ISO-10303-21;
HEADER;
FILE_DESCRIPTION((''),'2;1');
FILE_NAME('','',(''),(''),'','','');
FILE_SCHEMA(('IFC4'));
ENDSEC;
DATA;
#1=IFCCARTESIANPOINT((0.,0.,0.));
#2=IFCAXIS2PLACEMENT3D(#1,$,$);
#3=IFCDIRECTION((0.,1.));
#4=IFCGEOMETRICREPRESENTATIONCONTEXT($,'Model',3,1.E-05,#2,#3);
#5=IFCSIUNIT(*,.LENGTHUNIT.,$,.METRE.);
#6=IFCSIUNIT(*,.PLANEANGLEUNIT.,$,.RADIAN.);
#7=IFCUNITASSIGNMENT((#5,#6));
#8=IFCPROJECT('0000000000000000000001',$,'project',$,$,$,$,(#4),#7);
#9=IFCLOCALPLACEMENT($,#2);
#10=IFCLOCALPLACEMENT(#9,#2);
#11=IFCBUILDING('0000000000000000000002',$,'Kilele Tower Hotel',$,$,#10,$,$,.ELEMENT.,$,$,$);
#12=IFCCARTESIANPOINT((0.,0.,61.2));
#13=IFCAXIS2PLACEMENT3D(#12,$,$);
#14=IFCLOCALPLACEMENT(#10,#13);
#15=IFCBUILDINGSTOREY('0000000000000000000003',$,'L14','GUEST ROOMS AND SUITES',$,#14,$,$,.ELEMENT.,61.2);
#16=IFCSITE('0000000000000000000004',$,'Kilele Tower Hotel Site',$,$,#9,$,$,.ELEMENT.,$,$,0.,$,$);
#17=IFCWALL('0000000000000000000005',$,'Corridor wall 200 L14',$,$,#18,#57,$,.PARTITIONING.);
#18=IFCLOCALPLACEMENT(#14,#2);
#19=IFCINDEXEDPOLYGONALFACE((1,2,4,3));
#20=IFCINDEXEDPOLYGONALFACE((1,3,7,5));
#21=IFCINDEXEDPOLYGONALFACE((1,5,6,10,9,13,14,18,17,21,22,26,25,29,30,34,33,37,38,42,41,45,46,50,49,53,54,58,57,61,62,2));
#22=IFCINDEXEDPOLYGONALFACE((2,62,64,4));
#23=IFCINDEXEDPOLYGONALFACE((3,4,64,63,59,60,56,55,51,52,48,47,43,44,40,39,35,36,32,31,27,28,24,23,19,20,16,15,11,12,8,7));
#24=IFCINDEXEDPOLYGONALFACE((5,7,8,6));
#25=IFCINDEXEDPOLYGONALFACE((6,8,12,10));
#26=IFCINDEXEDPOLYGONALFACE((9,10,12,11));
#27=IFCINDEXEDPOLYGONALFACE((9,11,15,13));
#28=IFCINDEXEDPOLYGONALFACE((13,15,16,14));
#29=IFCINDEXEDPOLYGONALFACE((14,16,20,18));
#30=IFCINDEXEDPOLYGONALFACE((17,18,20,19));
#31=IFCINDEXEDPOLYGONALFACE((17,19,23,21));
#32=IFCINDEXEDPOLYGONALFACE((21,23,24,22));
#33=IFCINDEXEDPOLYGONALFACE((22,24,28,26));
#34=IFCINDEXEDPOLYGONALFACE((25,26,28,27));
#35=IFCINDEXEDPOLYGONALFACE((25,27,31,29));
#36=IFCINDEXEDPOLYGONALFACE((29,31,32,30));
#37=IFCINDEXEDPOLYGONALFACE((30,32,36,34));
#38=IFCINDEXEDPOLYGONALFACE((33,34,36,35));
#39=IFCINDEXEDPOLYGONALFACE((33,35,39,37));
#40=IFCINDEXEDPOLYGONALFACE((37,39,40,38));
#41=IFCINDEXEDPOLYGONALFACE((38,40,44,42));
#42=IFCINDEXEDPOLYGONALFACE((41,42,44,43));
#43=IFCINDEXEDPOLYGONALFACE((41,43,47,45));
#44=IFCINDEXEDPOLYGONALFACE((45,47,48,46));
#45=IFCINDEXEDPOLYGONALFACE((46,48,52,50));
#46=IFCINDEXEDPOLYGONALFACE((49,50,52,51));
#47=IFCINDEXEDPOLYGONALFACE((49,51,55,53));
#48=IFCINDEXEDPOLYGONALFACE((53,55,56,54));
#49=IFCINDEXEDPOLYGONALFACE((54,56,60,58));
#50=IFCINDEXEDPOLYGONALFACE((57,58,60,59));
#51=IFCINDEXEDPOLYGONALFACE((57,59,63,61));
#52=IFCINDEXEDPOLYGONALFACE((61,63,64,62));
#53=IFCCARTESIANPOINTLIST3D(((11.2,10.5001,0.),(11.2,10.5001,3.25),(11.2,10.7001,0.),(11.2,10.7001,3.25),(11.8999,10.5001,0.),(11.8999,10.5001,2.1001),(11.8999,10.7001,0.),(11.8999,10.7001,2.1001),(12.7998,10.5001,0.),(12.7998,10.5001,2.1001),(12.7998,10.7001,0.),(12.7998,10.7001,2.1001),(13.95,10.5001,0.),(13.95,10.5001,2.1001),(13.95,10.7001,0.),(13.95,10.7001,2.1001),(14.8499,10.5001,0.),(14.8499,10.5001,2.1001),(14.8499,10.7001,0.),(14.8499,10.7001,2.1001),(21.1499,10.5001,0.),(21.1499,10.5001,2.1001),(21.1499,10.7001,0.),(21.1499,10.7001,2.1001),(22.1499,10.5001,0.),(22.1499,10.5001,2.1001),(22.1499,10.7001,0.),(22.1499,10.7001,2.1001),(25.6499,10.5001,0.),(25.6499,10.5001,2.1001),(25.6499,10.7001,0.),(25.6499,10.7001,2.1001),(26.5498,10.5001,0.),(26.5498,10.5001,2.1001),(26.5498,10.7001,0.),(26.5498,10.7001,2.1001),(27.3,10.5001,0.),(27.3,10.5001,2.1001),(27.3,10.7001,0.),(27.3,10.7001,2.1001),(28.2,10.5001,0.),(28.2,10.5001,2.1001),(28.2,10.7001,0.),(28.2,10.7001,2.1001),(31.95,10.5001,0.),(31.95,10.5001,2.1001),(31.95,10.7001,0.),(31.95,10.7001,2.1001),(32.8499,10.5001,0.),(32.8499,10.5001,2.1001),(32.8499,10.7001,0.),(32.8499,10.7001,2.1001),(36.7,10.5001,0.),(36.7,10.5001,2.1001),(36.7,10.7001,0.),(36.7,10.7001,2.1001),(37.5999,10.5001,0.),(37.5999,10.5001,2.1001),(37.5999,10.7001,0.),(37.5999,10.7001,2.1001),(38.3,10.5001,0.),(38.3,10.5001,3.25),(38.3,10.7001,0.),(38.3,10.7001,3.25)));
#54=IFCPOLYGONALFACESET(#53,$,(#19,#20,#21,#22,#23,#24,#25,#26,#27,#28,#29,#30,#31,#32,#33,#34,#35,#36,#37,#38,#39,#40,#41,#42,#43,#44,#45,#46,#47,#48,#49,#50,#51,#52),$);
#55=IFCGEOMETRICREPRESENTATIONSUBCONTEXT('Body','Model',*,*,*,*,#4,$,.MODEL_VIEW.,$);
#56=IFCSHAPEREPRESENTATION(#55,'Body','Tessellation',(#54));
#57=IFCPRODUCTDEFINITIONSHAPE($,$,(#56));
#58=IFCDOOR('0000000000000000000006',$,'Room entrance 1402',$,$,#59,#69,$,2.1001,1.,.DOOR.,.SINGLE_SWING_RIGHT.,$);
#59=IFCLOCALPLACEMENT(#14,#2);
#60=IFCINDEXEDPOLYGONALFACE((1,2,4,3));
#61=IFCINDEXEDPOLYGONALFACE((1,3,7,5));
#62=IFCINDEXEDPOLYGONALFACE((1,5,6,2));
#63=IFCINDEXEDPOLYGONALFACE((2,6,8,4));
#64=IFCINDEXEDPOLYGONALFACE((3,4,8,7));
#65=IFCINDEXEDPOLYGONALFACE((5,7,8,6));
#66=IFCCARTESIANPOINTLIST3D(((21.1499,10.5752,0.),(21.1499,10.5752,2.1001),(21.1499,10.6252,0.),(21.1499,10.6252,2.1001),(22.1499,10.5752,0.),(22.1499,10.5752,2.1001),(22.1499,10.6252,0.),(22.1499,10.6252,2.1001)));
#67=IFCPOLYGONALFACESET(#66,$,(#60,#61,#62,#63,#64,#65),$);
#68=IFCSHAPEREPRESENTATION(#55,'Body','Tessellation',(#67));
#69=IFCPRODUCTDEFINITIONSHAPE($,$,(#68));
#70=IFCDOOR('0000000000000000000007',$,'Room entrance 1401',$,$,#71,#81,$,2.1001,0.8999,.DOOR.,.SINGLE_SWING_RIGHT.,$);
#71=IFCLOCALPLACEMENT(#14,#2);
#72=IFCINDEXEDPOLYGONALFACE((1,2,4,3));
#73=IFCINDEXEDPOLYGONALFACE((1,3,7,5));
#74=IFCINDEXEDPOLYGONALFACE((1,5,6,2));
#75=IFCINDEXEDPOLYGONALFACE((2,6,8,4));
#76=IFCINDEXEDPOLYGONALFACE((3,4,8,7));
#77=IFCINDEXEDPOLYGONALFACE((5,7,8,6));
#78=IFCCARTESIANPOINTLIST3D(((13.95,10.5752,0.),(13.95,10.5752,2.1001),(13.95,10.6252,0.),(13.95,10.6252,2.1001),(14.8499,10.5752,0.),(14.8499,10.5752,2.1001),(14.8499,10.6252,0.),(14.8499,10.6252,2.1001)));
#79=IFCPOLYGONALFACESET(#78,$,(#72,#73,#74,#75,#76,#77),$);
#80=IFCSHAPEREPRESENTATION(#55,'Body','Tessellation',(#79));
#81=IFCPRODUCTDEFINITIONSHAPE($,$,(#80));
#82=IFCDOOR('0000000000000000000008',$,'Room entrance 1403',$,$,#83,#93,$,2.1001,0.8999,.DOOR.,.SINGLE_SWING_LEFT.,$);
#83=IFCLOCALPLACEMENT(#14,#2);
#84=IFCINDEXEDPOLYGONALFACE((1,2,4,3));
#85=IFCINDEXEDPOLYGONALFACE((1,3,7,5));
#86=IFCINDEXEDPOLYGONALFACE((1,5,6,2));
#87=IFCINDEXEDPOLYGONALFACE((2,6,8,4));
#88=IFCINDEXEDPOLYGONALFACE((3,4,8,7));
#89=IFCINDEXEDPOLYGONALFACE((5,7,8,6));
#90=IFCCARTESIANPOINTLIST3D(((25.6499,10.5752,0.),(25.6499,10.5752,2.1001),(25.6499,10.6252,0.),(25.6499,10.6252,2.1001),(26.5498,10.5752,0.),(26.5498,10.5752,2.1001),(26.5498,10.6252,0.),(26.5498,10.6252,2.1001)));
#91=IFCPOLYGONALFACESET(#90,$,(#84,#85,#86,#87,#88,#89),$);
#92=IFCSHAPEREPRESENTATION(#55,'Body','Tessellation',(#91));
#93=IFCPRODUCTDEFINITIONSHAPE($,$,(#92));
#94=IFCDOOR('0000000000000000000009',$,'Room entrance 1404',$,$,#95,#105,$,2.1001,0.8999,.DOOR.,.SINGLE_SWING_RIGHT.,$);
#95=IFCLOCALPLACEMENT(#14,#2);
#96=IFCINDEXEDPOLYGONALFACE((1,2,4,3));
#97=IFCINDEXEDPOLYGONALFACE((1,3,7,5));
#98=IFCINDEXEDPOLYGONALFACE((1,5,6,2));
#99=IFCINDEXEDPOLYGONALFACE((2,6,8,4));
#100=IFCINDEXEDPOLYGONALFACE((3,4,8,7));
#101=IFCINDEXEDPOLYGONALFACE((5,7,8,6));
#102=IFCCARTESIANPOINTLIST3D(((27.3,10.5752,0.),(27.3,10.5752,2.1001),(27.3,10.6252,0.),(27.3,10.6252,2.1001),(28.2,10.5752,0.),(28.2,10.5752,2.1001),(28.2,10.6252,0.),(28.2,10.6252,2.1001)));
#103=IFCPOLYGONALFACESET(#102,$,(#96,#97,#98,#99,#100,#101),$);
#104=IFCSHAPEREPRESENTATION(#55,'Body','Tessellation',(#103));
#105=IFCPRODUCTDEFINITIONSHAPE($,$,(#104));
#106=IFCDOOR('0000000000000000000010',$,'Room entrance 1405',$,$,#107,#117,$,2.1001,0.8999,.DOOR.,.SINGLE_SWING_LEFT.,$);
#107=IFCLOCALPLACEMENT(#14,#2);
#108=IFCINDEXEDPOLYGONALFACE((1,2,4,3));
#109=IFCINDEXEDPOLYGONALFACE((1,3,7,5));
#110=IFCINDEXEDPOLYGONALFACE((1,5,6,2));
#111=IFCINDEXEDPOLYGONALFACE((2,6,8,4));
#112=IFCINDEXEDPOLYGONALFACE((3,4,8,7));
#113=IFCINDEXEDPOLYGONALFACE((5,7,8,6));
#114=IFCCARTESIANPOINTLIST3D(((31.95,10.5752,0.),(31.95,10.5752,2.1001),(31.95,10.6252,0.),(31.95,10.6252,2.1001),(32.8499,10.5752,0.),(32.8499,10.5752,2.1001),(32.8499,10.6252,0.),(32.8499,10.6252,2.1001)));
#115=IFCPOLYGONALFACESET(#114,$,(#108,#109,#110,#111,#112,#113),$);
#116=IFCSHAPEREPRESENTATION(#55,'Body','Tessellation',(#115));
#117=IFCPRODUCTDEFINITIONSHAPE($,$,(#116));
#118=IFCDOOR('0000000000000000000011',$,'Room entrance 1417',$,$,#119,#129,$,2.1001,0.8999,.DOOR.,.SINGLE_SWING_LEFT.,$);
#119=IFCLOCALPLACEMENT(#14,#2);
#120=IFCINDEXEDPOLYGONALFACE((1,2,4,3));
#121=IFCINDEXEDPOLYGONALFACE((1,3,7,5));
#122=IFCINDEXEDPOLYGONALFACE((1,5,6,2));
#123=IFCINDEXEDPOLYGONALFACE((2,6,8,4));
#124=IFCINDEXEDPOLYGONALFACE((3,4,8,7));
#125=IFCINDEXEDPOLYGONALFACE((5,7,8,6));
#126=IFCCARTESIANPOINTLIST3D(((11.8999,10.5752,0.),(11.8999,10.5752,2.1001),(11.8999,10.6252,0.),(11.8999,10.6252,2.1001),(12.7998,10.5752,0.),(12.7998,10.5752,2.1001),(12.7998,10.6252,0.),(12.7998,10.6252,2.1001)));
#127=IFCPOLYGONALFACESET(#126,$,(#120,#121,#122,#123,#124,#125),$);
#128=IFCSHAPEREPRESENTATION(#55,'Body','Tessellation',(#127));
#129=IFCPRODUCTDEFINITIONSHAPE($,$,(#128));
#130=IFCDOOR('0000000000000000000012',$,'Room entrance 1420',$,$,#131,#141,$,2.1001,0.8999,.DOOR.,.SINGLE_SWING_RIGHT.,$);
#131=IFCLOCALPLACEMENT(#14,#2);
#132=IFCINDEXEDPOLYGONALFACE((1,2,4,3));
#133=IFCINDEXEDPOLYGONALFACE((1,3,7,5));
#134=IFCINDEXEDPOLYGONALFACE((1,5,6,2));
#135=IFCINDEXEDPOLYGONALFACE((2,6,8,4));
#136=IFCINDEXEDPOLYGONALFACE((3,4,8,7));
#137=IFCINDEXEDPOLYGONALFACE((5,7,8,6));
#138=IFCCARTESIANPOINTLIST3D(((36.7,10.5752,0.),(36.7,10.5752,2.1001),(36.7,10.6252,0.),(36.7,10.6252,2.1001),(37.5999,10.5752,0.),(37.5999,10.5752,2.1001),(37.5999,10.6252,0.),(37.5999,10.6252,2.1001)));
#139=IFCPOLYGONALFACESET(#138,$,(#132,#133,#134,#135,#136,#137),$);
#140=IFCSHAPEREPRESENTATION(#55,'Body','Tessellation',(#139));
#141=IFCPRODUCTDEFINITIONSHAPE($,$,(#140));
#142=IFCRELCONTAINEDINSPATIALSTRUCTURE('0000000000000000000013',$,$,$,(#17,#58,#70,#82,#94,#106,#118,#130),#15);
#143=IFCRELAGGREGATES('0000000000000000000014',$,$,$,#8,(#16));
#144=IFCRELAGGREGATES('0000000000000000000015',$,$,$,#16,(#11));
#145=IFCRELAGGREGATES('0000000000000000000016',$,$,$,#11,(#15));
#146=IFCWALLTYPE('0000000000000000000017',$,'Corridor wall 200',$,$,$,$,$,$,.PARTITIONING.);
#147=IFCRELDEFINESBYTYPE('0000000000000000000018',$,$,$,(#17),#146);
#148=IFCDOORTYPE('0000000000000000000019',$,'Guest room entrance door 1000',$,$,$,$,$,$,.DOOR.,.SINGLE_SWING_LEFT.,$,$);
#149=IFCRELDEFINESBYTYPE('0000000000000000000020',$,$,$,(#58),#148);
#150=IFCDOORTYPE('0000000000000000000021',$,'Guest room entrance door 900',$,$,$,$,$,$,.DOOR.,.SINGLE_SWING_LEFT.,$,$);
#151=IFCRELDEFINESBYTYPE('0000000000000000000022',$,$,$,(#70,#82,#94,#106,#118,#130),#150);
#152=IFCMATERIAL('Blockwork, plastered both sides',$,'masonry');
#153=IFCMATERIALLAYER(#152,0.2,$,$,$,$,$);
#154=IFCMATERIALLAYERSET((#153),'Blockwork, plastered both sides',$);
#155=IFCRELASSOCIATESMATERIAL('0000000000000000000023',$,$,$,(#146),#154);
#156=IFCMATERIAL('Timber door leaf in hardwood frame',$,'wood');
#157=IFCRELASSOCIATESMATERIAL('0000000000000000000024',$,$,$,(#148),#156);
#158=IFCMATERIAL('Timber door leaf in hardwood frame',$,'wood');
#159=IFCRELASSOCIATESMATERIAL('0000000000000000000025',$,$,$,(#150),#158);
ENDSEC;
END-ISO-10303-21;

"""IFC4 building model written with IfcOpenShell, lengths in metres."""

from ifc_helpers import new_model, si_unit, direction, frame, frame_2d, origin, place, context, subcontext, project, spatial, rectangle, extrude, material, layer, layer_set, type_object, element, fill, save


model = new_model("IFC4")

# Units and contexts
model_context = context("Model", 3, precision=1e-05, world=origin(), true_north=direction((0.0, 1.0)))
body_context = subcontext(model_context, "Body", "Model", "MODEL_VIEW")
ifc_project = project(units=[si_unit("LENGTHUNIT", "METRE"), si_unit("PLANEANGLEUNIT", "RADIAN")], contexts=[model_context])

# Site, building, storey
site_placement = place(None, origin())
site = spatial("IfcSite", under=ifc_project, at=site_placement, Name="Kilele Tower Hotel Site", CompositionType="ELEMENT", RefElevation=0.0)
building_placement = place(site_placement, origin())
building = spatial("IfcBuilding", under=site, at=building_placement, Name="Kilele Tower Hotel", CompositionType="ELEMENT")
storey_placement = place(building_placement, frame((0.0, 0.0, 61.2)))
storey = spatial("IfcBuildingStorey", under=building, at=storey_placement, Name="L14", Description="GUEST ROOMS AND SUITES", CompositionType="ELEMENT", Elevation=61.2)

# Wall, openings, doors
ifc_material_1 = material(Name="Blockwork, plastered both sides", Category="masonry")
ifc_layer_1 = layer(ifc_material_1, 0.2)
ifc_layer_set_1 = layer_set([ifc_layer_1], Name="Blockwork, plastered both sides")
wall_type_1 = type_object("IfcWallType", Name="Corridor wall 200", PredefinedType="PARTITIONING", material=ifc_layer_set_1)
wall_1_placement = place(storey_placement, frame((11.2, 10.6001, 0.0), z_axis=(0.0, 0.0, 1.0), x_axis=(1.0, 0.0, 0.0)))
wall_1 = element("IfcWall", 1, at=wall_1_placement, inside=storey, type_object=wall_type_1, Name="Corridor wall 200 L14", PredefinedType="PARTITIONING", context=body_context, shape_type="SweptSolid", body=[
    extrude(rectangle(XDim=27.1001, YDim=0.2, at=frame_2d((13.55, 0.0))), origin(), (0.0, 0.0, 1.0), 3.25),
])
opening_1_placement = place(wall_1_placement, frame((3.6499, 0.0, 0.0), z_axis=(0.0, 0.0, 1.0), x_axis=(-1.0, 0.0, 0.0)))
opening_1 = element("IfcOpeningElement", 2, at=opening_1_placement, cuts=wall_1, PredefinedType="OPENING", context=body_context, shape_type="SweptSolid", body=[
    extrude(rectangle(XDim=0.8999, YDim=2.1001, at=frame_2d((0.45, 1.05))), frame((0.0, 0.1099, 0.0), z_axis=(0.0, -1.0, 0.0), x_axis=(1.0, 0.0, 0.0)), (0.0, 0.0, 1.0), 0.22),
])
opening_2_placement = place(wall_1_placement, frame((10.95, 0.0, 0.0), z_axis=(0.0, 0.0, 1.0), x_axis=(-1.0, 0.0, 0.0)))
opening_2 = element("IfcOpeningElement", 3, at=opening_2_placement, cuts=wall_1, PredefinedType="OPENING", context=body_context, shape_type="SweptSolid", body=[
    extrude(rectangle(XDim=1.0, YDim=2.1001, at=frame_2d((0.5, 1.05))), frame((0.0, 0.1099, 0.0), z_axis=(0.0, -1.0, 0.0), x_axis=(1.0, 0.0, 0.0)), (0.0, 0.0, 1.0), 0.22),
])
opening_3_placement = place(wall_1_placement, frame((15.3499, 0.0, 0.0), z_axis=(0.0, 0.0, 1.0), x_axis=(-1.0, 0.0, 0.0)))
opening_3 = element("IfcOpeningElement", 4, at=opening_3_placement, cuts=wall_1, PredefinedType="OPENING", context=body_context, shape_type="SweptSolid", body=[
    extrude(rectangle(XDim=0.8999, YDim=2.1001, at=frame_2d((0.45, 1.05))), frame((0.0, 0.1099, 0.0), z_axis=(0.0, -1.0, 0.0), x_axis=(1.0, 0.0, 0.0)), (0.0, 0.0, 1.0), 0.22),
])
opening_4_placement = place(wall_1_placement, frame((17.0, 0.0, 0.0), z_axis=(0.0, 0.0, 1.0), x_axis=(-1.0, 0.0, 0.0)))
opening_4 = element("IfcOpeningElement", 5, at=opening_4_placement, cuts=wall_1, PredefinedType="OPENING", context=body_context, shape_type="SweptSolid", body=[
    extrude(rectangle(XDim=0.8999, YDim=2.1001, at=frame_2d((0.45, 1.05))), frame((0.0, 0.1099, 0.0), z_axis=(0.0, -1.0, 0.0), x_axis=(1.0, 0.0, 0.0)), (0.0, 0.0, 1.0), 0.22),
])
opening_5_placement = place(wall_1_placement, frame((21.6499, 0.0, 0.0), z_axis=(0.0, 0.0, 1.0), x_axis=(-1.0, 0.0, 0.0)))
opening_5 = element("IfcOpeningElement", 6, at=opening_5_placement, cuts=wall_1, PredefinedType="OPENING", context=body_context, shape_type="SweptSolid", body=[
    extrude(rectangle(XDim=0.8999, YDim=2.1001, at=frame_2d((0.45, 1.05))), frame((0.0, 0.1099, 0.0), z_axis=(0.0, -1.0, 0.0), x_axis=(1.0, 0.0, 0.0)), (0.0, 0.0, 1.0), 0.22),
])
opening_6_placement = place(wall_1_placement, frame((1.5999, 0.0, 0.0), z_axis=(0.0, 0.0, 1.0), x_axis=(-1.0, 0.0, 0.0)))
opening_6 = element("IfcOpeningElement", 7, at=opening_6_placement, cuts=wall_1, PredefinedType="OPENING", context=body_context, shape_type="SweptSolid", body=[
    extrude(rectangle(XDim=0.8999, YDim=2.1001, at=frame_2d((0.45, 1.05))), frame((0.0, 0.1099, 0.0), z_axis=(0.0, -1.0, 0.0), x_axis=(1.0, 0.0, 0.0)), (0.0, 0.0, 1.0), 0.22),
])
opening_7_placement = place(wall_1_placement, frame((26.3999, 0.0, 0.0), z_axis=(0.0, 0.0, 1.0), x_axis=(-1.0, 0.0, 0.0)))
opening_7 = element("IfcOpeningElement", 8, at=opening_7_placement, cuts=wall_1, PredefinedType="OPENING", context=body_context, shape_type="SweptSolid", body=[
    extrude(rectangle(XDim=0.8999, YDim=2.1001, at=frame_2d((0.45, 1.05))), frame((0.0, 0.1099, 0.0), z_axis=(0.0, -1.0, 0.0), x_axis=(1.0, 0.0, 0.0)), (0.0, 0.0, 1.0), 0.22),
])
ifc_material_2 = material(Name="Timber door leaf in hardwood frame", Category="wood")
door_type_1 = type_object("IfcDoorType", Name="Guest room entrance door 1000", OperationType="SINGLE_SWING_LEFT", PredefinedType="DOOR", material=ifc_material_2)
door_1_placement = place(opening_2_placement, origin())
door_1 = element("IfcDoor", 9, at=door_1_placement, inside=storey, type_object=door_type_1, Name="Room entrance 1402", OperationType="SINGLE_SWING_RIGHT", OverallHeight=2.1001, OverallWidth=1.0, PredefinedType="DOOR", context=body_context, shape_type="SweptSolid", body=[
    extrude(rectangle(XDim=1.0, YDim=2.1001, at=frame_2d((0.5, 1.05))), frame((0.0, 0.0249, 0.0), z_axis=(0.0, -1.0, 0.0), x_axis=(1.0, 0.0, 0.0)), (0.0, 0.0, 1.0), 0.05),
])
fill(opening_2, door_1)
ifc_material_3 = material(Name="Timber door leaf in hardwood frame", Category="wood")
door_type_2 = type_object("IfcDoorType", Name="Guest room entrance door 900", OperationType="SINGLE_SWING_LEFT", PredefinedType="DOOR", material=ifc_material_3)
door_2_placement = place(opening_1_placement, origin())
door_2 = element("IfcDoor", 10, at=door_2_placement, inside=storey, type_object=door_type_2, Name="Room entrance 1401", OperationType="SINGLE_SWING_RIGHT", OverallHeight=2.1001, OverallWidth=0.8999, PredefinedType="DOOR", context=body_context, shape_type="SweptSolid", body=[
    extrude(rectangle(XDim=0.8999, YDim=2.1001, at=frame_2d((0.45, 1.05))), frame((0.0, 0.0249, 0.0), z_axis=(0.0, -1.0, 0.0), x_axis=(1.0, 0.0, 0.0)), (0.0, 0.0, 1.0), 0.05),
])
fill(opening_1, door_2)
door_3_placement = place(opening_3_placement, origin())
door_3 = element("IfcDoor", 11, at=door_3_placement, inside=storey, type_object=door_type_2, Name="Room entrance 1403", OperationType="SINGLE_SWING_LEFT", OverallHeight=2.1001, OverallWidth=0.8999, PredefinedType="DOOR", context=body_context, shape_type="SweptSolid", body=[
    extrude(rectangle(XDim=0.8999, YDim=2.1001, at=frame_2d((0.45, 1.05))), frame((0.0, 0.0249, 0.0), z_axis=(0.0, -1.0, 0.0), x_axis=(1.0, 0.0, 0.0)), (0.0, 0.0, 1.0), 0.05),
])
fill(opening_3, door_3)
door_4_placement = place(opening_4_placement, origin())
door_4 = element("IfcDoor", 12, at=door_4_placement, inside=storey, type_object=door_type_2, Name="Room entrance 1404", OperationType="SINGLE_SWING_RIGHT", OverallHeight=2.1001, OverallWidth=0.8999, PredefinedType="DOOR", context=body_context, shape_type="SweptSolid", body=[
    extrude(rectangle(XDim=0.8999, YDim=2.1001, at=frame_2d((0.45, 1.05))), frame((0.0, 0.0249, 0.0), z_axis=(0.0, -1.0, 0.0), x_axis=(1.0, 0.0, 0.0)), (0.0, 0.0, 1.0), 0.05),
])
fill(opening_4, door_4)
door_5_placement = place(opening_5_placement, origin())
door_5 = element("IfcDoor", 13, at=door_5_placement, inside=storey, type_object=door_type_2, Name="Room entrance 1405", OperationType="SINGLE_SWING_LEFT", OverallHeight=2.1001, OverallWidth=0.8999, PredefinedType="DOOR", context=body_context, shape_type="SweptSolid", body=[
    extrude(rectangle(XDim=0.8999, YDim=2.1001, at=frame_2d((0.45, 1.05))), frame((0.0, 0.0249, 0.0), z_axis=(0.0, -1.0, 0.0), x_axis=(1.0, 0.0, 0.0)), (0.0, 0.0, 1.0), 0.05),
])
fill(opening_5, door_5)
door_6_placement = place(opening_6_placement, origin())
door_6 = element("IfcDoor", 14, at=door_6_placement, inside=storey, type_object=door_type_2, Name="Room entrance 1417", OperationType="SINGLE_SWING_LEFT", OverallHeight=2.1001, OverallWidth=0.8999, PredefinedType="DOOR", context=body_context, shape_type="SweptSolid", body=[
    extrude(rectangle(XDim=0.8999, YDim=2.1001, at=frame_2d((0.45, 1.05))), frame((0.0, 0.0249, 0.0), z_axis=(0.0, -1.0, 0.0), x_axis=(1.0, 0.0, 0.0)), (0.0, 0.0, 1.0), 0.05),
])
fill(opening_6, door_6)
door_7_placement = place(opening_7_placement, origin())
door_7 = element("IfcDoor", 15, at=door_7_placement, inside=storey, type_object=door_type_2, Name="Room entrance 1420", OperationType="SINGLE_SWING_RIGHT", OverallHeight=2.1001, OverallWidth=0.8999, PredefinedType="DOOR", context=body_context, shape_type="SweptSolid", body=[
    extrude(rectangle(XDim=0.8999, YDim=2.1001, at=frame_2d((0.45, 1.05))), frame((0.0, 0.0249, 0.0), z_axis=(0.0, -1.0, 0.0), x_axis=(1.0, 0.0, 0.0)), (0.0, 0.0, 1.0), 0.05),
])
fill(opening_7, door_7)

save(model, "model.ifc")
